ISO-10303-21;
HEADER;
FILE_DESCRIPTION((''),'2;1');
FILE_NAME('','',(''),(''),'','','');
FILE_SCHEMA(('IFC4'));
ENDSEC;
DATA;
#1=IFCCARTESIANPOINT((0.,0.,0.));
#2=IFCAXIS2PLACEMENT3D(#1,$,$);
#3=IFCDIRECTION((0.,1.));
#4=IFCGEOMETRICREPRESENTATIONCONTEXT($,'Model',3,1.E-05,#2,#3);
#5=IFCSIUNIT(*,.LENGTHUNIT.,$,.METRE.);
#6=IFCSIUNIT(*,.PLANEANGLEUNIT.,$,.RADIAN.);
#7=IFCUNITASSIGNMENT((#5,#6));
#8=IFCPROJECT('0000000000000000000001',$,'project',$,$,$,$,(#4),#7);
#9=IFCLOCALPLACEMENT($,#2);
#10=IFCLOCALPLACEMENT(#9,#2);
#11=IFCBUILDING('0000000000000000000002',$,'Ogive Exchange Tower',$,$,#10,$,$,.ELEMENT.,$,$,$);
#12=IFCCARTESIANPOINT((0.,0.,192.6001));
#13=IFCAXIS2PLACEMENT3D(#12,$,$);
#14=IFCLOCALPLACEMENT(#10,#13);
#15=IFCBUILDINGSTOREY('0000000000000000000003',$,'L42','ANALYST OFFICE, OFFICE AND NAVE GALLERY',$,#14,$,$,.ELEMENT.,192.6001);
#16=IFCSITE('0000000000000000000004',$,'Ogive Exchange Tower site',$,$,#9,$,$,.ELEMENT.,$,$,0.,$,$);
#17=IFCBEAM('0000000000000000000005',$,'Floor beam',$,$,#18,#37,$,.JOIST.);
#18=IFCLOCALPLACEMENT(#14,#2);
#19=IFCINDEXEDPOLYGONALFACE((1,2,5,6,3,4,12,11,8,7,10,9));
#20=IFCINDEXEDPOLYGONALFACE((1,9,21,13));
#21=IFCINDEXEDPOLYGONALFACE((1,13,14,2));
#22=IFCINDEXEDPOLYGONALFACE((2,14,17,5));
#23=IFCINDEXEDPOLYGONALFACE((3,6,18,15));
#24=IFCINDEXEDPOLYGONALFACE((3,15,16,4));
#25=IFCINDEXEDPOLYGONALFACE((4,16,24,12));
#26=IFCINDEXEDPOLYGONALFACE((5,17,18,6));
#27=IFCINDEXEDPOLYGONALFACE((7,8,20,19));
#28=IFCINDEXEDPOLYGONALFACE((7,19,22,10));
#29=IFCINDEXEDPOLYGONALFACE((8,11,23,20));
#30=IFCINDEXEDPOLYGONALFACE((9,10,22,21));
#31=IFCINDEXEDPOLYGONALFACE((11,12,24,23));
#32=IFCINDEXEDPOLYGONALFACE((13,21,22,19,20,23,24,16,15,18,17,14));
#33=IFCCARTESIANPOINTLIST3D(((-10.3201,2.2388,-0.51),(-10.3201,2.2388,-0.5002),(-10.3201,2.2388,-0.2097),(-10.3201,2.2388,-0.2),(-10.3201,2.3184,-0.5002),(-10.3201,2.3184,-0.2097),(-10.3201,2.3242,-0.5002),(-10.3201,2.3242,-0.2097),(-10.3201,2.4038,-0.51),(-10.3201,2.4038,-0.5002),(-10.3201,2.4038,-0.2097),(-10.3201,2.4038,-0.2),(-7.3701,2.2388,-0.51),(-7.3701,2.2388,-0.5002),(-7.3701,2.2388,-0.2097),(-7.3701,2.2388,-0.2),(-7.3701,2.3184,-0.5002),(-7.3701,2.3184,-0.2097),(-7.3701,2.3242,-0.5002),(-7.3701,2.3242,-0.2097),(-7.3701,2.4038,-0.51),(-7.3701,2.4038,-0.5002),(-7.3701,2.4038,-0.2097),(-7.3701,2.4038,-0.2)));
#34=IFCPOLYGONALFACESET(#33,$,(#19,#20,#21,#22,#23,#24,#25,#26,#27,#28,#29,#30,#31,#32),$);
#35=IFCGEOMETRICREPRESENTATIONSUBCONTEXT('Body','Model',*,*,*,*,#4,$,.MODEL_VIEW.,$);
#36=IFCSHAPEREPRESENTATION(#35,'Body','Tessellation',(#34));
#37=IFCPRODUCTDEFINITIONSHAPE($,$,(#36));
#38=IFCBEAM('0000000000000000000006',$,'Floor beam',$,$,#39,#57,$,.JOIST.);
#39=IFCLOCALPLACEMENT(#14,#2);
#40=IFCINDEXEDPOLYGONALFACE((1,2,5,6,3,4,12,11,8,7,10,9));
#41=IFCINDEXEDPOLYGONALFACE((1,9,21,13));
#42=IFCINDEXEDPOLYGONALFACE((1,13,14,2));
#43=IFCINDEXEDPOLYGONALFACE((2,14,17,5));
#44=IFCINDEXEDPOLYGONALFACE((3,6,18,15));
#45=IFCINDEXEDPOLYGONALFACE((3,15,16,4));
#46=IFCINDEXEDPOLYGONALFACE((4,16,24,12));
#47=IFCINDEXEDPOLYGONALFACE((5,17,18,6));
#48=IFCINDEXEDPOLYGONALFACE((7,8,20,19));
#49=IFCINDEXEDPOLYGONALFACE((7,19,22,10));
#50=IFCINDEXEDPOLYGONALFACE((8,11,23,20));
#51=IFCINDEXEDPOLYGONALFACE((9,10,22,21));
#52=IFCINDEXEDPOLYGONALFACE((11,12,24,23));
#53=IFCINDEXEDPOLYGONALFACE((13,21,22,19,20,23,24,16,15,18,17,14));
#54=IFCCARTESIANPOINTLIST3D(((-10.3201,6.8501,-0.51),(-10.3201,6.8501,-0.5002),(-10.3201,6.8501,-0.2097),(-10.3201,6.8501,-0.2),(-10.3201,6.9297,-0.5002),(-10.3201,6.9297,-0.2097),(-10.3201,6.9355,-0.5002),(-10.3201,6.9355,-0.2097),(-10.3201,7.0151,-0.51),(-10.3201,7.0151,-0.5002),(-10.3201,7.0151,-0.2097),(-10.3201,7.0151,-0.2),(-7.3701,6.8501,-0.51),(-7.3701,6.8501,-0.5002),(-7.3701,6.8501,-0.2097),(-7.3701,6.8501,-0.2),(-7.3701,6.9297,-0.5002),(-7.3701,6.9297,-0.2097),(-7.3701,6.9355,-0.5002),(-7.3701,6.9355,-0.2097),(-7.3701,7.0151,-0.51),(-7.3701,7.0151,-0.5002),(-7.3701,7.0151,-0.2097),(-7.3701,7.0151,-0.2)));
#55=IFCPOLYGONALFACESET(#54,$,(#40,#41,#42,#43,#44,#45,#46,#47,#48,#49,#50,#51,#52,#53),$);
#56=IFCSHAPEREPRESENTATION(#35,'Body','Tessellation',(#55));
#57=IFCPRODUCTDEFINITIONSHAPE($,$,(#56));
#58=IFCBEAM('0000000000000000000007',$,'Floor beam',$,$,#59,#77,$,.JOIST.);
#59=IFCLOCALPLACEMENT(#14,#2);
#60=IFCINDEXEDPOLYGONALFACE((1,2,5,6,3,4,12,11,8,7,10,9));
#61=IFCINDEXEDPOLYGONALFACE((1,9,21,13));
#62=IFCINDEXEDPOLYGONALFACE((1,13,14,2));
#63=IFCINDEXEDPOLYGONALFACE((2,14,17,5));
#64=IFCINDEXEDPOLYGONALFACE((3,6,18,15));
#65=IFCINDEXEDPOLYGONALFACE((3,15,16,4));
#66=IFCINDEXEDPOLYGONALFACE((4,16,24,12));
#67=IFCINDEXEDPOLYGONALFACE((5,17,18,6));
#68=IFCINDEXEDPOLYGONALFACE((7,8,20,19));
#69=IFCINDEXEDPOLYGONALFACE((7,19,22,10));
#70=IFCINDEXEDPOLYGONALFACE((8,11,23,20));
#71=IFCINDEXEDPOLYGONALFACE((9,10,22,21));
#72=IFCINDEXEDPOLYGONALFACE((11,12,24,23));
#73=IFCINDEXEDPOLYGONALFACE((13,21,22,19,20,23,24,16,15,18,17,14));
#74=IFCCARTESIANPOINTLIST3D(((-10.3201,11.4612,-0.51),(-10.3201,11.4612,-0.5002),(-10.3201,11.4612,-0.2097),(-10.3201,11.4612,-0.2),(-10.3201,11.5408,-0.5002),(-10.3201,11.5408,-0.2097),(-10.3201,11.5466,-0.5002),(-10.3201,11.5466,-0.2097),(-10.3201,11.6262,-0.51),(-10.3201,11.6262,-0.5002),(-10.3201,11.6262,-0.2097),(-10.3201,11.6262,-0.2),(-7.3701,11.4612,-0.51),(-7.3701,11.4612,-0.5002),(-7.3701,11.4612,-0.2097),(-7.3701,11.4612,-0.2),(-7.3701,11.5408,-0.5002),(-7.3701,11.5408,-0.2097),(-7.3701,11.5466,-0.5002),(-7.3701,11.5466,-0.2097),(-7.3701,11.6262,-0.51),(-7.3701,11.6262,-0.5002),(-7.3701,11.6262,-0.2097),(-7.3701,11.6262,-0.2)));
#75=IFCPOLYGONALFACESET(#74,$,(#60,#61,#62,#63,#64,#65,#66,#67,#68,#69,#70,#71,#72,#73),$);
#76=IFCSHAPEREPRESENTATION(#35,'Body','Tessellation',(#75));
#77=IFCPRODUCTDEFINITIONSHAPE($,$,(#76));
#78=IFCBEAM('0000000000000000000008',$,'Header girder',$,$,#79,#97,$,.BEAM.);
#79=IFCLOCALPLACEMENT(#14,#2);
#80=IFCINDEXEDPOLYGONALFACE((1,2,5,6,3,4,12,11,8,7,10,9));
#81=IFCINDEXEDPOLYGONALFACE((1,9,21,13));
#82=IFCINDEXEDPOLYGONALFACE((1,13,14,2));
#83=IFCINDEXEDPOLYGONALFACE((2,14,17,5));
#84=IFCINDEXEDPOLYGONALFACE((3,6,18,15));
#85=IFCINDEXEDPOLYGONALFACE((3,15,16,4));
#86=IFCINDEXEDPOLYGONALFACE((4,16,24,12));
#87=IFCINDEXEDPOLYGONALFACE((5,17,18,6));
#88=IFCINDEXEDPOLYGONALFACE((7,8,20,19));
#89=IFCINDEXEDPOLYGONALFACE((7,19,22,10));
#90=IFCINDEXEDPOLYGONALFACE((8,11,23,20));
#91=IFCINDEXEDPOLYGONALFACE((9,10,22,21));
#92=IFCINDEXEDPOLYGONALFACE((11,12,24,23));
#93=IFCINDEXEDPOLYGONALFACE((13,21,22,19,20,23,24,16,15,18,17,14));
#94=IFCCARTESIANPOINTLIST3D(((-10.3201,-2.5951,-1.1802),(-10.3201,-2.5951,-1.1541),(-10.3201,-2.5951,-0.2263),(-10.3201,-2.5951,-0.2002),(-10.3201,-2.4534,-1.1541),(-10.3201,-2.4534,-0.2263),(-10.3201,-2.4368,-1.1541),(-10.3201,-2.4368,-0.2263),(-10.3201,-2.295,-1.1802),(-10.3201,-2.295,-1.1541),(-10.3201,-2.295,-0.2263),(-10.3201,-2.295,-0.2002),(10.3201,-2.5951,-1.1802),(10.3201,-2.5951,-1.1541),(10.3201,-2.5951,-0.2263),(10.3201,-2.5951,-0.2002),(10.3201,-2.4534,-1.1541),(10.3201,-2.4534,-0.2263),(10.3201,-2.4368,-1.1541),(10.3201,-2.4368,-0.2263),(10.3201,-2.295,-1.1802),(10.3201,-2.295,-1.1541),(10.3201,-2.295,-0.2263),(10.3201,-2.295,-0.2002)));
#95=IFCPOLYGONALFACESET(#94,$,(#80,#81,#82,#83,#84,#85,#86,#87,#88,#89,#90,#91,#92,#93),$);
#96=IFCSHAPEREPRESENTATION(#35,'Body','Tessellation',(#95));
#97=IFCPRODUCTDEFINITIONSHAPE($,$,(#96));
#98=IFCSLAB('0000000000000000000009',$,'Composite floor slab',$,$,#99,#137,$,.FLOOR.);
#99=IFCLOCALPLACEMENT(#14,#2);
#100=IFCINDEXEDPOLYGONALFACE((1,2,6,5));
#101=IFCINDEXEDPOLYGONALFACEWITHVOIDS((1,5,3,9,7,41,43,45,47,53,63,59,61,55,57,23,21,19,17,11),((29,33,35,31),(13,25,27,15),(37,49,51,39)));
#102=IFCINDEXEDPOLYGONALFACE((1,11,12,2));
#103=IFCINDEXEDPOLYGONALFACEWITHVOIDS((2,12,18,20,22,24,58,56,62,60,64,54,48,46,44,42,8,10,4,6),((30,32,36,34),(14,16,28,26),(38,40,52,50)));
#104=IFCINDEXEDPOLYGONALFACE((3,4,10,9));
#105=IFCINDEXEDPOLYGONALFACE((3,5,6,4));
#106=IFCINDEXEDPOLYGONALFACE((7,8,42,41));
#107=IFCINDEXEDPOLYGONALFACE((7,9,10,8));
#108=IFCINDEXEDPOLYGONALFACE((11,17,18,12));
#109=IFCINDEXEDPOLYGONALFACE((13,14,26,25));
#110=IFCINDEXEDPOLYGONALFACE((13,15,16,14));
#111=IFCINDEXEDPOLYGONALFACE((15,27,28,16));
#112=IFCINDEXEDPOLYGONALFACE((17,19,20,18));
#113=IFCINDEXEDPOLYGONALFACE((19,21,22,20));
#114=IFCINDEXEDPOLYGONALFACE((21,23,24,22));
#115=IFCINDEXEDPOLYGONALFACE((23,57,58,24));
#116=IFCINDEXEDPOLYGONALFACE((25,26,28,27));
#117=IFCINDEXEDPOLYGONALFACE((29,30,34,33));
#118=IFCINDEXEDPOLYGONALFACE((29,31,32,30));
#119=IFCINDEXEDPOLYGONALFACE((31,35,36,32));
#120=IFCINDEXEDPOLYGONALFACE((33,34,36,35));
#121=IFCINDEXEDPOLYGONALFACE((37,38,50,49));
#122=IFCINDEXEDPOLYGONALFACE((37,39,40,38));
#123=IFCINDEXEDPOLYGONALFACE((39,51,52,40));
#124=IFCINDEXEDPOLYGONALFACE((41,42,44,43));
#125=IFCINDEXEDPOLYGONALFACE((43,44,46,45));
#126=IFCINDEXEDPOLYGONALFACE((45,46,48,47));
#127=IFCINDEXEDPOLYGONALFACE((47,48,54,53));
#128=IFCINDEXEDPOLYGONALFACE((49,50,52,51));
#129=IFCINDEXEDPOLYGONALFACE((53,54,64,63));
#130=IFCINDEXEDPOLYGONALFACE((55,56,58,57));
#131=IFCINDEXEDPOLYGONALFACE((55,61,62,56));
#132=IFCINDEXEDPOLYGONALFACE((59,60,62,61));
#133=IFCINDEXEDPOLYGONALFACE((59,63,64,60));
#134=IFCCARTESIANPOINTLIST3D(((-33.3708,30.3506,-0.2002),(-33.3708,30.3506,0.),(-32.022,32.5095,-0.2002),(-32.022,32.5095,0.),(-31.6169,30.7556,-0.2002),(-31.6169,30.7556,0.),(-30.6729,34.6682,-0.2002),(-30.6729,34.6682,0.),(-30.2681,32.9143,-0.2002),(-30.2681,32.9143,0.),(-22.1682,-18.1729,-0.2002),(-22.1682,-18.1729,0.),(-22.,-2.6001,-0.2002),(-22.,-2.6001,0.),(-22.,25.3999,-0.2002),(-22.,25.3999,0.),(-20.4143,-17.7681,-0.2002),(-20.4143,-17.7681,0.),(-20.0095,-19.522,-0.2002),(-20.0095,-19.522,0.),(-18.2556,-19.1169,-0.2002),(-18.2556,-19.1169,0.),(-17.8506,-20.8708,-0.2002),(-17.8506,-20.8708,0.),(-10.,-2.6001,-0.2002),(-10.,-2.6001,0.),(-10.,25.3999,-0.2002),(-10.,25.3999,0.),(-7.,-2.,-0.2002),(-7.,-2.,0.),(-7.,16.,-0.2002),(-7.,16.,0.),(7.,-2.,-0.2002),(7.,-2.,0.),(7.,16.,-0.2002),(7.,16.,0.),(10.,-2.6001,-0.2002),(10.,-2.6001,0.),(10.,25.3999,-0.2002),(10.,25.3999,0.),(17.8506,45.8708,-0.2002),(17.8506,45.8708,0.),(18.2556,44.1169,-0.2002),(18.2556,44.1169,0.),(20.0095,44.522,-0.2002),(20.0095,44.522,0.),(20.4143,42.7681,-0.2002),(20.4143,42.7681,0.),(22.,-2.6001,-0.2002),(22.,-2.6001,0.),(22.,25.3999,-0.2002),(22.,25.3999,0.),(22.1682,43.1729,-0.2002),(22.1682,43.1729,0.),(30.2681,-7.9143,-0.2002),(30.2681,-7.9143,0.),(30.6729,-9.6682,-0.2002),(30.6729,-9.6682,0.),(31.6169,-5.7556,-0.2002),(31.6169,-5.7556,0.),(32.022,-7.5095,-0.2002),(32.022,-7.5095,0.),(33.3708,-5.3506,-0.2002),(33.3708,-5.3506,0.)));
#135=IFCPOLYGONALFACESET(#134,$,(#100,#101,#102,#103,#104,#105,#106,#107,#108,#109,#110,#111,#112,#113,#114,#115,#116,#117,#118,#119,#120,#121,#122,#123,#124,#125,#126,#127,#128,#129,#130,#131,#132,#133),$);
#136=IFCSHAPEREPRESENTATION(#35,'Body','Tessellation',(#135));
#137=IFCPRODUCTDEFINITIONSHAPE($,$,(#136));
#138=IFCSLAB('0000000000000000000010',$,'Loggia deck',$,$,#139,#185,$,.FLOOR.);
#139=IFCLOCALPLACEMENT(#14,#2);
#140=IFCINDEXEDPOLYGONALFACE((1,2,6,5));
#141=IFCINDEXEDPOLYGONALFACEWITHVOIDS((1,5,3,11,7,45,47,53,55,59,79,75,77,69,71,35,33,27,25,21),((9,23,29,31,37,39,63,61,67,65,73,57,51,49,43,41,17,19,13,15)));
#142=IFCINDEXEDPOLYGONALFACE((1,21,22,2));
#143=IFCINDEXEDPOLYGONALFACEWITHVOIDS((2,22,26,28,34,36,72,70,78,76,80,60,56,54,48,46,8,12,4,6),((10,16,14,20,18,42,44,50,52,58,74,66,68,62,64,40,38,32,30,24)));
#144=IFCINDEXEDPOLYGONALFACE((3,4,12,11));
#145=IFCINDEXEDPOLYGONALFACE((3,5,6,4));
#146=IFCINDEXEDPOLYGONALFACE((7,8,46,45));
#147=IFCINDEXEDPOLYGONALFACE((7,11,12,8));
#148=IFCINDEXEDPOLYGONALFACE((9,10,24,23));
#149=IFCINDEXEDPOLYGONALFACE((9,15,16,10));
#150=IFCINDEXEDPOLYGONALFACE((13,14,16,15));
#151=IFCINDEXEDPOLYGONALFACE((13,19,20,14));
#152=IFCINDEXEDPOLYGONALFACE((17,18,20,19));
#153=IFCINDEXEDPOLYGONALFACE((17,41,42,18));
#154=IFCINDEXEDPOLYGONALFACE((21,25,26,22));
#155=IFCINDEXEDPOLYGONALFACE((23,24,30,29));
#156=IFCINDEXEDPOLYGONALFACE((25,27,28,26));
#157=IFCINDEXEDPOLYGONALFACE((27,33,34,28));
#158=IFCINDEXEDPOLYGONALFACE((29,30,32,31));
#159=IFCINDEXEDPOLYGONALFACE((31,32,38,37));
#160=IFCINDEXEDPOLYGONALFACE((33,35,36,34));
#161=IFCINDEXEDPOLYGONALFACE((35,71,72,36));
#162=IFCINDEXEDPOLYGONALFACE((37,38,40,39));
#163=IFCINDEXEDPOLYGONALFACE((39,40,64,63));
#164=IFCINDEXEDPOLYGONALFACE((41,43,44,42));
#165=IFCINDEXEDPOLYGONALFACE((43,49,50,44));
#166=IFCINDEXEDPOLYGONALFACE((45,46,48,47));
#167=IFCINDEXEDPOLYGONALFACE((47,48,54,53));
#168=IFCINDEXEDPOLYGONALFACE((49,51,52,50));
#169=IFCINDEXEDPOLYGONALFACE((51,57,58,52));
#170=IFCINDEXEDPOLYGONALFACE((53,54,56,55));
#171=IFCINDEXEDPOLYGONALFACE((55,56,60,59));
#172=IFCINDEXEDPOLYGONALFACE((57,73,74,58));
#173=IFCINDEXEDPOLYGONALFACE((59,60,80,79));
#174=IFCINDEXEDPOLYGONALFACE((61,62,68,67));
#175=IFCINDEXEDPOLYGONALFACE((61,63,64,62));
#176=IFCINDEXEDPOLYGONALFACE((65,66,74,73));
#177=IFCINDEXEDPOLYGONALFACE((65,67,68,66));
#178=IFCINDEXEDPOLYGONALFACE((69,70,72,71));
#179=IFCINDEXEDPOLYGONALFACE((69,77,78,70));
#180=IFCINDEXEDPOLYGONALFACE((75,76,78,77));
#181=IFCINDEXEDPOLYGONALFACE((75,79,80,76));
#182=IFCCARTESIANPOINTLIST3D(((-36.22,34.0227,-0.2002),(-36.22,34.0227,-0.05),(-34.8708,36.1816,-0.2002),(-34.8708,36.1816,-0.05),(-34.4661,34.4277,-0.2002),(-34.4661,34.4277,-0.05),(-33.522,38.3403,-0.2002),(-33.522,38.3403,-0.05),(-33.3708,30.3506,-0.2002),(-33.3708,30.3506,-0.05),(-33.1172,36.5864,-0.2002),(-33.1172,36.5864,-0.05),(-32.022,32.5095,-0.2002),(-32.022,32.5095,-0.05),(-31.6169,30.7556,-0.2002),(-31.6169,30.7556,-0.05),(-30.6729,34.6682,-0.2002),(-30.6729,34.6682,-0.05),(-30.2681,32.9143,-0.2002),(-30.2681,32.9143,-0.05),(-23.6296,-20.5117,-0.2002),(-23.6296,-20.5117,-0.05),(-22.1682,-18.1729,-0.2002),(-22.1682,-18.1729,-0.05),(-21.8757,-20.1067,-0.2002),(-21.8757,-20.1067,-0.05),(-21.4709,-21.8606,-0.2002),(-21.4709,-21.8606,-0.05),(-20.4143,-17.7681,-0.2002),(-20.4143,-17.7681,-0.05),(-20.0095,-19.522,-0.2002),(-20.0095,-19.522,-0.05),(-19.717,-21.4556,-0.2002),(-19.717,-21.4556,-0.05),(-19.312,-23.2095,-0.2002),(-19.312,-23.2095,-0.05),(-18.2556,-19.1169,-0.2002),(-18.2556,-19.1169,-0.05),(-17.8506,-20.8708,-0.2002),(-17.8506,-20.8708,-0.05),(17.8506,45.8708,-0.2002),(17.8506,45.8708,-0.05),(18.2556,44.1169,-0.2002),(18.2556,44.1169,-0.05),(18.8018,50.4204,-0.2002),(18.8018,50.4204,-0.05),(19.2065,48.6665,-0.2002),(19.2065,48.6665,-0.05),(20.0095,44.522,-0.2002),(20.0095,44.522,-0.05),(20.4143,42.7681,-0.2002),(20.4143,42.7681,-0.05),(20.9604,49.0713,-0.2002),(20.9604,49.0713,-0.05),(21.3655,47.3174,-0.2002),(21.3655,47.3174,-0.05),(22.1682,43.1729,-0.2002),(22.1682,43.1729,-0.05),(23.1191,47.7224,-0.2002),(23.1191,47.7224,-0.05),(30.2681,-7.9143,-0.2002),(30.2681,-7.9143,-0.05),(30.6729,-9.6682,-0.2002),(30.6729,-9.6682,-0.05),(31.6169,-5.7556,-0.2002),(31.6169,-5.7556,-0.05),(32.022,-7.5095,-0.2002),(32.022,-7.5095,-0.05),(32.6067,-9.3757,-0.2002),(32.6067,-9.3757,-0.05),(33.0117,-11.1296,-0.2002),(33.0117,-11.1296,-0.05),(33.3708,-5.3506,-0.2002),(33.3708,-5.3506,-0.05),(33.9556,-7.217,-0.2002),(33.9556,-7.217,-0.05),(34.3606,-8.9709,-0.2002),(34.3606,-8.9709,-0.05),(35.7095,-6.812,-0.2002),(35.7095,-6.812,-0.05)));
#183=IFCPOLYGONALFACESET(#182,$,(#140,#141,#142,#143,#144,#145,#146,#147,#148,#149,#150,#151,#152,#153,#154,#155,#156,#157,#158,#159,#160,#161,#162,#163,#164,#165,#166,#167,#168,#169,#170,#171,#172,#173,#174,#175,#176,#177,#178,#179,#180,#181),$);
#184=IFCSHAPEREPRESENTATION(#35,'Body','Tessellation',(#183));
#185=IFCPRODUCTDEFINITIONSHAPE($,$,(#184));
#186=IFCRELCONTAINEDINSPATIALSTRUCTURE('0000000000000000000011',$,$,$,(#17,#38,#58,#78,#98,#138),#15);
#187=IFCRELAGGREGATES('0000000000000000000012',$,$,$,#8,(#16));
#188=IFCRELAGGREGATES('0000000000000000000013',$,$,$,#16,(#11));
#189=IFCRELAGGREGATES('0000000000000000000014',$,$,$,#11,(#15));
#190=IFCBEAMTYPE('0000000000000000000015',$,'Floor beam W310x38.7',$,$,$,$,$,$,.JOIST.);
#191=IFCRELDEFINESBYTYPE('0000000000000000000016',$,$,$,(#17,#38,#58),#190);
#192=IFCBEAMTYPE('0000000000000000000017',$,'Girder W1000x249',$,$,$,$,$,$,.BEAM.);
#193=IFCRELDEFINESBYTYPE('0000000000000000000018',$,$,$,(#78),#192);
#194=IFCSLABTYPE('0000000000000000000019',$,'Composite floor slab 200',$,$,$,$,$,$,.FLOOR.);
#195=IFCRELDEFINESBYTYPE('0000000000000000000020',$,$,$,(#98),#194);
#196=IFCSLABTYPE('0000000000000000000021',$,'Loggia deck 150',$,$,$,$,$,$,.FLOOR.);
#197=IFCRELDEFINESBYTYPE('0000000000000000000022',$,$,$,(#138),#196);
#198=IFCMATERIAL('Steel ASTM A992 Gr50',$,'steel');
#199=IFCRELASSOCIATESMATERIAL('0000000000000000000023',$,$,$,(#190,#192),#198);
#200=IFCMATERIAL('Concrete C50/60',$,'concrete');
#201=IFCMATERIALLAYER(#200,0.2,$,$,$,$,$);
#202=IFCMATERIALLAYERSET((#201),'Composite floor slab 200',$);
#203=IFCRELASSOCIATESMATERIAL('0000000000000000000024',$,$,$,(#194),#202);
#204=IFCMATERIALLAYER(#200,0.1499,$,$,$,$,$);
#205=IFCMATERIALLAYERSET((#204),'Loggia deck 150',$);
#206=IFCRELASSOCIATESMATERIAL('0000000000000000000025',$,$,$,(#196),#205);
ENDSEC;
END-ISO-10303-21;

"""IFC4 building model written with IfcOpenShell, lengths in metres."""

from ifc_helpers import new_model, si_unit, direction, frame, origin, origin_2d, place, context, subcontext, project, spatial, polyline, i_section, outline, extrude, material, layer, layer_set, material_profile, profile_set, type_object, element, save


model = new_model("IFC4")

# Units and contexts
model_context = context("Model", 3, precision=1e-05, world=origin(), true_north=direction((0.0, 1.0)))
body_context = subcontext(model_context, "Body", "Model", "MODEL_VIEW")
ifc_project = project(units=[si_unit("LENGTHUNIT", "METRE"), si_unit("PLANEANGLEUNIT", "RADIAN")], contexts=[model_context])

# Site, building, storey
site_placement = place(None, origin())
site = spatial("IfcSite", under=ifc_project, at=site_placement, Name="Ogive Exchange Tower site", CompositionType="ELEMENT", RefElevation=0.0)
building_placement = place(site_placement, origin())
building = spatial("IfcBuilding", under=site, at=building_placement, Name="Ogive Exchange Tower", CompositionType="ELEMENT")
storey_placement = place(building_placement, frame((0.0, 0.0, 192.6001)))
storey = spatial("IfcBuildingStorey", under=building, at=storey_placement, Name="L42", Description="ANALYST OFFICE, OFFICE AND NAVE GALLERY", CompositionType="ELEMENT", Elevation=192.6001)

# Beams
ifc_material_1 = material(Name="Steel ASTM A992 Gr50", Category="steel")
ifc_material_profile_1 = material_profile(ifc_material_1, i_section(OverallWidth=0.165, OverallDepth=0.3101, WebThickness=0.0059, FlangeThickness=0.0098, at=origin_2d()), Name="W310x38.7")
ifc_profile_set_1 = profile_set([ifc_material_profile_1], Name="Steel ASTM A992 Gr50")
beam_type_1 = type_object("IfcBeamType", Name="Floor beam W310x38.7", PredefinedType="JOIST", material=ifc_profile_set_1)
for number, where, z_axis, x_axis, name in (
    (1, (-10.3201, 2.3213, -0.355), (1.0, 0.0, 0.0), (0.0, 1.0, 0.0), "Floor beam"),
    (2, (-10.3201, 6.9326, -0.355), (1.0, 0.0, 0.0), (0.0, 1.0, 0.0), "Floor beam"),
    (3, (-10.3201, 11.5437, -0.355), (1.0, 0.0, 0.0), (0.0, 1.0, 0.0), "Floor beam"),
):
    element("IfcBeam", number, at=place(storey_placement, frame(where, z_axis=z_axis, x_axis=x_axis)), inside=storey, type_object=beam_type_1, Name=name, PredefinedType="JOIST", context=body_context, shape_type="SweptSolid", body=[
        extrude(i_section(OverallWidth=0.165, OverallDepth=0.3101, WebThickness=0.0059, FlangeThickness=0.0098, at=origin_2d()), origin(), (0.0, 0.0, 1.0), 2.95),
    ])
ifc_material_profile_2 = material_profile(ifc_material_1, i_section(OverallWidth=0.3, OverallDepth=0.98, WebThickness=0.0166, FlangeThickness=0.0261, at=origin_2d()), Name="W1000x249")
ifc_profile_set_2 = profile_set([ifc_material_profile_2], Name="Steel ASTM A992 Gr50")
beam_type_2 = type_object("IfcBeamType", Name="Girder W1000x249", PredefinedType="BEAM", material=ifc_profile_set_2)
beam_placement = place(storey_placement, frame((-10.3201, -2.4451, -0.6902), z_axis=(1.0, 0.0, 0.0), x_axis=(0.0, 1.0, 0.0)))
element("IfcBeam", 4, at=beam_placement, inside=storey, type_object=beam_type_2, Name="Header girder", PredefinedType="BEAM", context=body_context, shape_type="SweptSolid", body=[
    extrude(i_section(OverallWidth=0.3, OverallDepth=0.98, WebThickness=0.0166, FlangeThickness=0.0261, at=origin_2d()), origin(), (0.0, 0.0, 1.0), 20.6401),
])

# Slabs
ifc_material_2 = material(Name="Concrete C50/60", Category="concrete")
ifc_layer_1 = layer(ifc_material_2, 0.2)
ifc_layer_set_1 = layer_set([ifc_layer_1], Name="Composite floor slab 200")
slab_type_1 = type_object("IfcSlabType", Name="Composite floor slab 200", PredefinedType="FLOOR", material=ifc_layer_set_1)
slab_1_placement = place(storey_placement, frame((0.0, 0.0, -0.2002)))
element("IfcSlab", 5, at=slab_1_placement, inside=storey, type_object=slab_type_1, Name="Composite floor slab", PredefinedType="FLOOR", context=body_context, shape_type="SweptSolid", body=[
    extrude(outline(polyline([(-18.2556, -19.1169), (-20.0095, -19.522), (-20.4143, -17.7681), (-22.1682, -18.1729), (-33.3708, 30.3506), (-31.6169, 30.7556), (-32.022, 32.5095), (-30.2681, 32.9143), (-30.6729, 34.6682), (17.8506, 45.8708), (18.2556, 44.1169), (20.0095, 44.522), (20.4143, 42.7681), (22.1682, 43.1729), (33.3708, -5.3506), (31.6169, -5.7556), (32.022, -7.5095), (30.2681, -7.9143), (30.6729, -9.6682), (-17.8506, -20.8708), (-18.2556, -19.1169)]), holes=[polyline([(7.0, -2.0), (7.0, 16.0), (-7.0, 16.0), (-7.0, -2.0), (7.0, -2.0)]), polyline([(-22.0, -2.6001), (-10.0, -2.6001), (-10.0, 25.3999), (-22.0, 25.3999), (-22.0, -2.6001)]), polyline([(10.0, -2.6001), (22.0, -2.6001), (22.0, 25.3999), (10.0, 25.3999), (10.0, -2.6001)])]), origin(), (0.0, 0.0, 1.0), 0.2002),
])
ifc_layer_2 = layer(ifc_material_2, 0.1499)
ifc_layer_set_2 = layer_set([ifc_layer_2], Name="Loggia deck 150")
slab_type_2 = type_object("IfcSlabType", Name="Loggia deck 150", PredefinedType="FLOOR", material=ifc_layer_set_2)
slab_2_placement = place(storey_placement, frame((0.0, 0.0, -0.2002)))
element("IfcSlab", 6, at=slab_2_placement, inside=storey, type_object=slab_type_2, Name="Loggia deck", PredefinedType="FLOOR", context=body_context, shape_type="SweptSolid", body=[
    extrude(outline(polyline([(-19.717, -21.4556), (-21.4709, -21.8606), (-21.8757, -20.1067), (-23.6296, -20.5117), (-36.22, 34.0227), (-34.4661, 34.4277), (-34.8708, 36.1816), (-33.1172, 36.5864), (-33.522, 38.3403), (18.8018, 50.4204), (19.2065, 48.6665), (20.9604, 49.0713), (21.3655, 47.3174), (23.1191, 47.7224), (35.7095, -6.812), (33.9556, -7.217), (34.3606, -8.9709), (32.6067, -9.3757), (33.0117, -11.1296), (-19.312, -23.2095), (-19.717, -21.4556)]), holes=[polyline([(30.2681, -7.9143), (32.022, -7.5095), (31.6169, -5.7556), (33.3708, -5.3506), (22.1682, 43.1729), (20.4143, 42.7681), (20.0095, 44.522), (18.2556, 44.1169), (17.8506, 45.8708), (-30.6729, 34.6682), (-30.2681, 32.9143), (-32.022, 32.5095), (-31.6169, 30.7556), (-33.3708, 30.3506), (-22.1682, -18.1729), (-20.4143, -17.7681), (-20.0095, -19.522), (-18.2556, -19.1169), (-17.8506, -20.8708), (30.6729, -9.6682), (30.2681, -7.9143)])]), origin(), (0.0, 0.0, 1.0), 0.1501),
])

save(model, "model.ifc")
